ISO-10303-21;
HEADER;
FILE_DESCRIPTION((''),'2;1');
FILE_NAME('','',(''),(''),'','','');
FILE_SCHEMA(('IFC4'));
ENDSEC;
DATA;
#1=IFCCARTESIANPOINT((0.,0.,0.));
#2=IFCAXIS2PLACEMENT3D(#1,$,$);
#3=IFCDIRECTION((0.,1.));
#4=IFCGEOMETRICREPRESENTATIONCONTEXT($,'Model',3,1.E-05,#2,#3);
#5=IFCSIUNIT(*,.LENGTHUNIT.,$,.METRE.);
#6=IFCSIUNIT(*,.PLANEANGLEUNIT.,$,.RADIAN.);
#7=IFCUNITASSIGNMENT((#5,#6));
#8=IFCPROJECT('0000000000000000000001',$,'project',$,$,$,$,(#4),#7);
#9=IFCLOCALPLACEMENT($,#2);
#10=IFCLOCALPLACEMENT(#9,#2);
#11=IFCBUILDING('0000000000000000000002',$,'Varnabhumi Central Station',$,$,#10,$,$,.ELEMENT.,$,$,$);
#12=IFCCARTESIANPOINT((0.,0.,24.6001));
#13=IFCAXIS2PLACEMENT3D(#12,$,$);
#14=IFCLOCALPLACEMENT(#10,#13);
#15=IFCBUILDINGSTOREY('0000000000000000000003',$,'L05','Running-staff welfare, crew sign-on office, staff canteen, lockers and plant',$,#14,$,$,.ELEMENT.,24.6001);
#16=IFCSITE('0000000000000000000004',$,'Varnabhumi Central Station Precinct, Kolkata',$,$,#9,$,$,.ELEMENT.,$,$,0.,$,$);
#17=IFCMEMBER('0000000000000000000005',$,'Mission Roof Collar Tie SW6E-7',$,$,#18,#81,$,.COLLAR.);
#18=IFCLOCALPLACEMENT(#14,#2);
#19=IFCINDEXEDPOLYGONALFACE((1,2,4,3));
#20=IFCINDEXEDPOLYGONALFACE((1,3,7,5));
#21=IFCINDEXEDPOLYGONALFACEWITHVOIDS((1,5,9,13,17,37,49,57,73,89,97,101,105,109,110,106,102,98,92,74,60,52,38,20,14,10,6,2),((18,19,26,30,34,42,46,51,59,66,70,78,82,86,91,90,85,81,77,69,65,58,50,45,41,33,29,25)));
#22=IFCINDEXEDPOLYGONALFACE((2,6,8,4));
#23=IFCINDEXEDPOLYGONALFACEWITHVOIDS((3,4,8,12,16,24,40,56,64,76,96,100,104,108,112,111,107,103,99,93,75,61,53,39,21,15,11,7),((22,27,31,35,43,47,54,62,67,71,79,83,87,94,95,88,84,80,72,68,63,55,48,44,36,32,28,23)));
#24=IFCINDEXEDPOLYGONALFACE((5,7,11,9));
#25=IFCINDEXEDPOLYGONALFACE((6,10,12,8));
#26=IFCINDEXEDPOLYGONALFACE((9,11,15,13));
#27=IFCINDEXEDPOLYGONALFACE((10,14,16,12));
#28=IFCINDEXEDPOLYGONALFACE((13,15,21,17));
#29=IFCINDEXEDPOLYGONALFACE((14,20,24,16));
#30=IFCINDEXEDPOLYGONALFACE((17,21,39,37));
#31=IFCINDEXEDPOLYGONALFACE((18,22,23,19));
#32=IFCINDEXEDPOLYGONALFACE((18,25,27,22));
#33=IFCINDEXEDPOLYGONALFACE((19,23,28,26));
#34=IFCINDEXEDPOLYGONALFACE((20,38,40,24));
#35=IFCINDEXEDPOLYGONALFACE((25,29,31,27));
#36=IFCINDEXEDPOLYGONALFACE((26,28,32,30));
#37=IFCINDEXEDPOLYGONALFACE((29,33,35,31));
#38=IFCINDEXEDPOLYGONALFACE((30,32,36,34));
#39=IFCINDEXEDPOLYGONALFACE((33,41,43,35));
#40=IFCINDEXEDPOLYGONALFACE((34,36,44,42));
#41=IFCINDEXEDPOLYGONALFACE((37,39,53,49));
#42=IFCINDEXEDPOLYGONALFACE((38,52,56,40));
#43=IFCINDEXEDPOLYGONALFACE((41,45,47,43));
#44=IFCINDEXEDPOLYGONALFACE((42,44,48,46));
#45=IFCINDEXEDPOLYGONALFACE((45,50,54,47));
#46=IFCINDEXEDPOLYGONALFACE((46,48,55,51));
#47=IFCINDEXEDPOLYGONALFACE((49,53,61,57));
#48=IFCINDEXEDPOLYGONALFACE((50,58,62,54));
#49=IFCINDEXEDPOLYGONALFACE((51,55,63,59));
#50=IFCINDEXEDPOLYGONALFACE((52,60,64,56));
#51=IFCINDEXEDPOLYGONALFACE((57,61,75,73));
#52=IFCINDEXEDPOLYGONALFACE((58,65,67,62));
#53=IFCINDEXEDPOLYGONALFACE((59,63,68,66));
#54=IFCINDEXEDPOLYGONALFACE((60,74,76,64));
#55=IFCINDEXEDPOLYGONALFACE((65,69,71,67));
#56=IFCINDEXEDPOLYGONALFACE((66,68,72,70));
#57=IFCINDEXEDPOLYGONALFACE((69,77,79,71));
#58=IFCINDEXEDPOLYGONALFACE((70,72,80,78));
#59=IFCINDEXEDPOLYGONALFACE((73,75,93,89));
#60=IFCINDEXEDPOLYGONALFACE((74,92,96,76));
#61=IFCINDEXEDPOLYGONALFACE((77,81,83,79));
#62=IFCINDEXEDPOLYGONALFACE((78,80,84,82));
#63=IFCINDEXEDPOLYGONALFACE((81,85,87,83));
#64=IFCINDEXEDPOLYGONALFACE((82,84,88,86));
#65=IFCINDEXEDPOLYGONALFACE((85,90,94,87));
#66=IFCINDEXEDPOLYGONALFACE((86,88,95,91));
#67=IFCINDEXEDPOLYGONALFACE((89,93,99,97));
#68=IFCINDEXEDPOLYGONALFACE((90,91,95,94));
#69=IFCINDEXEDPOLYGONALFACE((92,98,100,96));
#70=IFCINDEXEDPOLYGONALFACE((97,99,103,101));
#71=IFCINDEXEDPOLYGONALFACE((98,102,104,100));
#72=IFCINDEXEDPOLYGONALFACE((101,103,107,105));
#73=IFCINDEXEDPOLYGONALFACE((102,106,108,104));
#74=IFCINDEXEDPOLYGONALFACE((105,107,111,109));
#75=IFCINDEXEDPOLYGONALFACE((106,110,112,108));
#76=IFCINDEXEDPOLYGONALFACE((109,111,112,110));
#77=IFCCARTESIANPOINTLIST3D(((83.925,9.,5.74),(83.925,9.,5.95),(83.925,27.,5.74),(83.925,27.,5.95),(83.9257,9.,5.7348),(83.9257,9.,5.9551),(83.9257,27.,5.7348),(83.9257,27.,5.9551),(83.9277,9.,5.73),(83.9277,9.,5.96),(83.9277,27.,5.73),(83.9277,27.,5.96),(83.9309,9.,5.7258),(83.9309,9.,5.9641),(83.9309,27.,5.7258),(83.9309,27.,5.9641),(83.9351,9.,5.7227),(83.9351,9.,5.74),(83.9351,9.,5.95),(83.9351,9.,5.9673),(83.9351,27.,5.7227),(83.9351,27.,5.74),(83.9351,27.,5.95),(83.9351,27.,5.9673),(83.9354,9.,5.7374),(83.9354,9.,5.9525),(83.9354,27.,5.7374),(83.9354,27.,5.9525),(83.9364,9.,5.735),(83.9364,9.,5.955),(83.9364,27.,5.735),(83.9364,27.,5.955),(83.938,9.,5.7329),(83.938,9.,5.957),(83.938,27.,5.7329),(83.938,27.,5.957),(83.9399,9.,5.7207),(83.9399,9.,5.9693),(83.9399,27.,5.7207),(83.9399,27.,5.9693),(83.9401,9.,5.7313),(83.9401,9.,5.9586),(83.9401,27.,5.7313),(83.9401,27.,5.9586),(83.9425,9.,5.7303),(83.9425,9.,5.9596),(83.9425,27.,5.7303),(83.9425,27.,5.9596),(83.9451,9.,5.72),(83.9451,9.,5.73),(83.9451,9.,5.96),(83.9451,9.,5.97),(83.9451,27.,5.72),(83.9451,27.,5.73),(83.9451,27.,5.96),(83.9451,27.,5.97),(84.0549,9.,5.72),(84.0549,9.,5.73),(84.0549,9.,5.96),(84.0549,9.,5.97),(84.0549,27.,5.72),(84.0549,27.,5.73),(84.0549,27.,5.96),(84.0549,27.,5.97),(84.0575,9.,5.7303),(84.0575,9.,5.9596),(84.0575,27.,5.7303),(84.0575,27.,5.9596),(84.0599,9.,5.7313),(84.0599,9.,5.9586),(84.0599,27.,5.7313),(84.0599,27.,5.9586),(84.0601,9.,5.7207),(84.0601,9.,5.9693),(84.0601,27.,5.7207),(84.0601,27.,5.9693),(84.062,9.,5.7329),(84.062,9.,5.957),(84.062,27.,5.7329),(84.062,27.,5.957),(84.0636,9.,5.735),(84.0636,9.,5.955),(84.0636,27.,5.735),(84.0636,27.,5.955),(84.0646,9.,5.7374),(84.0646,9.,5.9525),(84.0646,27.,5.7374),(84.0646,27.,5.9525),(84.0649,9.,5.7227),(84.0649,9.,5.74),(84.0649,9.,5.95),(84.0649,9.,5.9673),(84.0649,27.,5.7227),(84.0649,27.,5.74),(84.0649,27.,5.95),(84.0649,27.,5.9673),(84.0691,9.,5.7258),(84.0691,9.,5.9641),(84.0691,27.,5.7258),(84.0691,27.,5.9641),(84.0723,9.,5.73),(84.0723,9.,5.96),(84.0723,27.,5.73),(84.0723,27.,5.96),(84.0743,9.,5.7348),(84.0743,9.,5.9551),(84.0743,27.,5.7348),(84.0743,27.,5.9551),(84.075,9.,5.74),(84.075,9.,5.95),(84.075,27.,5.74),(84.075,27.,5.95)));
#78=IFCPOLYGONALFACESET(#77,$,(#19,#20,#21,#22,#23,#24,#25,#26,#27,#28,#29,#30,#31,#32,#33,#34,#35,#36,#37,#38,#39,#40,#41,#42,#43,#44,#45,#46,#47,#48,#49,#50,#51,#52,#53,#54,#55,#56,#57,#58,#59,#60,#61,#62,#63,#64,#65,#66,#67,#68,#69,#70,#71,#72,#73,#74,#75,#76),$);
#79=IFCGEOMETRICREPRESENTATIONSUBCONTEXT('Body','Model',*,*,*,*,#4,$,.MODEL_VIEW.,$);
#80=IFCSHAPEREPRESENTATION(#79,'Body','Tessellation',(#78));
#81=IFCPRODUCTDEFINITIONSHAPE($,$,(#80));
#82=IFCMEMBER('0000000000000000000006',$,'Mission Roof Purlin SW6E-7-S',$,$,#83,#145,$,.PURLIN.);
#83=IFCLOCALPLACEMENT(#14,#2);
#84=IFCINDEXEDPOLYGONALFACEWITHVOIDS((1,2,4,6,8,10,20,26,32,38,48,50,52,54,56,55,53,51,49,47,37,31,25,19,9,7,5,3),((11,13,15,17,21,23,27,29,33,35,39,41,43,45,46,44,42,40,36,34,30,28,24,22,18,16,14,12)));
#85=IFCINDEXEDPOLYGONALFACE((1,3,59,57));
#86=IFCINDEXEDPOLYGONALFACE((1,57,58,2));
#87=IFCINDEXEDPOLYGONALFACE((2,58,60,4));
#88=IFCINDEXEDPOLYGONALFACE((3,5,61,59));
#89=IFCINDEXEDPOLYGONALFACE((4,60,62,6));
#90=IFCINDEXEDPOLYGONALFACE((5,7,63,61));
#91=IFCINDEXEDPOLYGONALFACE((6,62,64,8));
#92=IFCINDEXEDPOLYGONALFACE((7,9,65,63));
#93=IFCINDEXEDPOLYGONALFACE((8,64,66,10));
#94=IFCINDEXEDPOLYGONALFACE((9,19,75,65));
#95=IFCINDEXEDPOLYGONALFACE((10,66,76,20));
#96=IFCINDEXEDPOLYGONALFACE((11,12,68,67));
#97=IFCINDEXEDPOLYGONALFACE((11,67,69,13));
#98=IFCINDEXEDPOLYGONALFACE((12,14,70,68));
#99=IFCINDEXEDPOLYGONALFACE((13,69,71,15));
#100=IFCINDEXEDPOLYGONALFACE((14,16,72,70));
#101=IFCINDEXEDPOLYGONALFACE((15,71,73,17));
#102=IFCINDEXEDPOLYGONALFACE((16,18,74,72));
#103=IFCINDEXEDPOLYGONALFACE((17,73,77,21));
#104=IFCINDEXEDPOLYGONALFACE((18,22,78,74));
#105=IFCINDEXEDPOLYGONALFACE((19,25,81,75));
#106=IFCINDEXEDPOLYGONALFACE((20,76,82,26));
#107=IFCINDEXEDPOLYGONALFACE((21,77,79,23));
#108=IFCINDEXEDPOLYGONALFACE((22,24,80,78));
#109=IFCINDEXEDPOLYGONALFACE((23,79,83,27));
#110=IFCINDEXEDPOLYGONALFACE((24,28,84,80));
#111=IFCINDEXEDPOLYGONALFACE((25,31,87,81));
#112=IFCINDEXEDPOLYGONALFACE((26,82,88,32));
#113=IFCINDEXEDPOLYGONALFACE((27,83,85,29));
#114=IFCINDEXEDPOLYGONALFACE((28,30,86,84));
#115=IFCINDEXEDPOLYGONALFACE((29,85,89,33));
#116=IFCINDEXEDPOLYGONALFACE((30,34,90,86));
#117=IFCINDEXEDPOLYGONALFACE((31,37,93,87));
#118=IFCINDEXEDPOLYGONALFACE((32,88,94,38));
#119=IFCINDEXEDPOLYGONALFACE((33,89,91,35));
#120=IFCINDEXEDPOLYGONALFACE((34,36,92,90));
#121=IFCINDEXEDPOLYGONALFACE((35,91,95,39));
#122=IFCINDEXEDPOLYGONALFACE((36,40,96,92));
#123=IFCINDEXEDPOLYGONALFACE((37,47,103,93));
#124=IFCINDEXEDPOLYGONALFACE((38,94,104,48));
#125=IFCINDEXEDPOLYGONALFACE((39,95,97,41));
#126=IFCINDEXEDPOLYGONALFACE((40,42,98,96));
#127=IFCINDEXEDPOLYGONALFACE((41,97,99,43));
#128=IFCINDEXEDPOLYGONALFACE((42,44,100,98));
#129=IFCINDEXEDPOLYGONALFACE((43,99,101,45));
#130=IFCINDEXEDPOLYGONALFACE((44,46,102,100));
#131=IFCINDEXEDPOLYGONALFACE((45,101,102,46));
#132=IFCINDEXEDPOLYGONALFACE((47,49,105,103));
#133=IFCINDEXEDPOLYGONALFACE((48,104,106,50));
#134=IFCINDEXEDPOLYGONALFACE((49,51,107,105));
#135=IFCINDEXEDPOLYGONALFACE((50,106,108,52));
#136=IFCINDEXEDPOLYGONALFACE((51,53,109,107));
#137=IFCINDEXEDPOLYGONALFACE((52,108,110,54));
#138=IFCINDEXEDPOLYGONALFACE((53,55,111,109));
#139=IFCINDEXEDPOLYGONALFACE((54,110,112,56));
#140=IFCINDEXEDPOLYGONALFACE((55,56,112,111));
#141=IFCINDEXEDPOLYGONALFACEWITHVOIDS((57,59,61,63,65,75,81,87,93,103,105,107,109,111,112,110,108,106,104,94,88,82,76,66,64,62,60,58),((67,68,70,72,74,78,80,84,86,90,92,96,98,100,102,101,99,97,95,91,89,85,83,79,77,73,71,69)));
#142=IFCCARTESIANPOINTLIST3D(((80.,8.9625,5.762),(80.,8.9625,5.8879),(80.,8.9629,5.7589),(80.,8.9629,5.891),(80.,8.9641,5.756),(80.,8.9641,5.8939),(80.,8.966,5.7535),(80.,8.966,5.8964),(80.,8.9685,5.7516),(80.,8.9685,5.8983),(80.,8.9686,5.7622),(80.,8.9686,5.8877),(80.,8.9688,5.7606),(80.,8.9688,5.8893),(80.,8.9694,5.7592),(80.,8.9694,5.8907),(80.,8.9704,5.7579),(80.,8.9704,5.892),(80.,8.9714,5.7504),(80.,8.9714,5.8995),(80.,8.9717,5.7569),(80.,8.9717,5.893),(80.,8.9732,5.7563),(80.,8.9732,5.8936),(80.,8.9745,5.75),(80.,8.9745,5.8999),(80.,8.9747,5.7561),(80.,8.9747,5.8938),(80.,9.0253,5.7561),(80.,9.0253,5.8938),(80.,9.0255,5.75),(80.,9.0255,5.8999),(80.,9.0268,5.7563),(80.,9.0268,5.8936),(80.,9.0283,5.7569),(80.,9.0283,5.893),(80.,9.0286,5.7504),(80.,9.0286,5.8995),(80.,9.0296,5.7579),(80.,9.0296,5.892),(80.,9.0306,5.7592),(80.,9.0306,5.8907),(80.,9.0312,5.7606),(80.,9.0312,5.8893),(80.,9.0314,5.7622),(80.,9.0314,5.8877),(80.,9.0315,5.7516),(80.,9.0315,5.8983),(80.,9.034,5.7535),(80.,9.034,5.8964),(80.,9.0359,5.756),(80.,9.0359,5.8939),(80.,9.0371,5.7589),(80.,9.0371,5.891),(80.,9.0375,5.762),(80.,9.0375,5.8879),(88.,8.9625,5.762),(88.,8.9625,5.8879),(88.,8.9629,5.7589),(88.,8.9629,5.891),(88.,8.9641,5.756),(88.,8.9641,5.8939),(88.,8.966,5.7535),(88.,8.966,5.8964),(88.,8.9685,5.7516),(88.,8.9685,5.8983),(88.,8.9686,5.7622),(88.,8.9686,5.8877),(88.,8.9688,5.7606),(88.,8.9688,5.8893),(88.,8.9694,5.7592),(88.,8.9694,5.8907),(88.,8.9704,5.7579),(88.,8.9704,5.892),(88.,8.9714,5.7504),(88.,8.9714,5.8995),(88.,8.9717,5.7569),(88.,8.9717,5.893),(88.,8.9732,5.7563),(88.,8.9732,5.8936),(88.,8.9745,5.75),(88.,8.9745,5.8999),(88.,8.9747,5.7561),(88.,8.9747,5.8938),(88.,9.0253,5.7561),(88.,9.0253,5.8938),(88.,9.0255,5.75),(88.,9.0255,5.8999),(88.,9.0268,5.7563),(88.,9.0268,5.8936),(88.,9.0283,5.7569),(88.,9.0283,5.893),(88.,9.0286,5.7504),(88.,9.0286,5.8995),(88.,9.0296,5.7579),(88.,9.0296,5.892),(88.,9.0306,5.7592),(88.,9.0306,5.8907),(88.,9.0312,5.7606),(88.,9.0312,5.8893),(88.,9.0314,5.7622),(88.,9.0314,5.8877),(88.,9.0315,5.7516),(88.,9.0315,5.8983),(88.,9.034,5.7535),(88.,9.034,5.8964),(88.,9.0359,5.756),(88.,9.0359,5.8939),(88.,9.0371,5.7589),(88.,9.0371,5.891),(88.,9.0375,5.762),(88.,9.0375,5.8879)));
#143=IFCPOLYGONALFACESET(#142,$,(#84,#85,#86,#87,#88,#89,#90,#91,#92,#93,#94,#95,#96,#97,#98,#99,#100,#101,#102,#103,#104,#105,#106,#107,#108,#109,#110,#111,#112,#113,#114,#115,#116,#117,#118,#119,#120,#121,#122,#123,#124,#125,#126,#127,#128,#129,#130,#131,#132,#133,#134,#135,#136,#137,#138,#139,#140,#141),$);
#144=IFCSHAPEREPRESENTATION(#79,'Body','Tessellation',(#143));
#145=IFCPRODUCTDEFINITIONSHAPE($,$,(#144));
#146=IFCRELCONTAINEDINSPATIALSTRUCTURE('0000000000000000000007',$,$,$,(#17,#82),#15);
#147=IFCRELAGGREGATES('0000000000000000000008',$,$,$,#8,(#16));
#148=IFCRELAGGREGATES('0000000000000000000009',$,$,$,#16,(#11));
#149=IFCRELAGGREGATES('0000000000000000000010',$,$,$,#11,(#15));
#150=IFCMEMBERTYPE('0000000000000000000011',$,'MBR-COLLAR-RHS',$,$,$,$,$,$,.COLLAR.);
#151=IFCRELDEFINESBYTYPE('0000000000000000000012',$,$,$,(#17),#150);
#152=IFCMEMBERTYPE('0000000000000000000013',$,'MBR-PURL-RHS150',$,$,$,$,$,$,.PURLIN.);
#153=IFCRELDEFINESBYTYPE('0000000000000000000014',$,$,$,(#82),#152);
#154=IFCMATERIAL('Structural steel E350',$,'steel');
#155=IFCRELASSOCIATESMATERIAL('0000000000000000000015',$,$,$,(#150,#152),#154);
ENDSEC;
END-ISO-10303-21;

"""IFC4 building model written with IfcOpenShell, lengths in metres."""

from ifc_helpers import new_model, si_unit, direction, frame, origin, origin_2d, place, context, subcontext, project, spatial, hollow_rectangle, extrude, material, material_profile, profile_set, type_object, element, save


model = new_model("IFC4")

# Units and contexts
model_context = context("Model", 3, precision=1e-05, world=origin(), true_north=direction((0.0, 1.0)))
body_context = subcontext(model_context, "Body", "Model", "MODEL_VIEW")
ifc_project = project(units=[si_unit("LENGTHUNIT", "METRE"), si_unit("PLANEANGLEUNIT", "RADIAN")], contexts=[model_context])

# Site, building, storey
site_placement = place(None, origin())
site = spatial("IfcSite", under=ifc_project, at=site_placement, Name="Varnabhumi Central Station Precinct, Kolkata", CompositionType="ELEMENT", RefElevation=0.0)
building_placement = place(site_placement, origin())
building = spatial("IfcBuilding", under=site, at=building_placement, Name="Varnabhumi Central Station", CompositionType="ELEMENT")
storey_placement = place(building_placement, frame((0.0, 0.0, 24.6001)))
storey = spatial("IfcBuildingStorey", under=building, at=storey_placement, Name="L05", Description="Running-staff welfare, crew sign-on office, staff canteen, lockers and plant", CompositionType="ELEMENT", Elevation=24.6001)

# Shared definitions
ifc_material_1 = material(Name="Structural steel E350", Category="steel")

# Members
ifc_material_profile_1 = material_profile(ifc_material_1, hollow_rectangle(XDim=0.1499, YDim=0.25, WallThickness=0.01, InnerFilletRadius=0.01, OuterFilletRadius=0.02, at=origin_2d()), Name="Structural steel E350", Category="steel")
ifc_profile_set_1 = profile_set([ifc_material_profile_1], Name="Structural steel E350")
member_type_1 = type_object("IfcMemberType", Name="MBR-COLLAR-RHS", PredefinedType="COLLAR", material=ifc_profile_set_1)
member_placement = place(storey_placement, frame((84.0, 9.0, 5.845), z_axis=(0.0, 1.0, 0.0), x_axis=(-1.0, 0.0, 0.0)))
element("IfcMember", 1, at=member_placement, inside=storey, type_object=member_type_1, Name="Mission Roof Collar Tie SW6E-7", PredefinedType="COLLAR", context=body_context, shape_type="SweptSolid", body=[
    extrude(hollow_rectangle(XDim=0.1499, YDim=0.25, WallThickness=0.01, InnerFilletRadius=0.01, OuterFilletRadius=0.02, at=origin_2d()), origin(), (0.0, 0.0, 1.0), 18.0),
])
ifc_material_profile_2 = material_profile(ifc_material_1, hollow_rectangle(XDim=0.075, YDim=0.1499, WallThickness=0.0061, InnerFilletRadius=0.0061, OuterFilletRadius=0.012, at=origin_2d()), Name="Structural steel E350", Category="steel")
ifc_profile_set_2 = profile_set([ifc_material_profile_2], Name="Structural steel E350")
member_type_2 = type_object("IfcMemberType", Name="MBR-PURL-RHS150", PredefinedType="PURLIN", material=ifc_profile_set_2)
for number, where, z_axis, x_axis, name in (
    (2, (80.0, 9.0, 5.825), (1.0, 0.0, 0.0), (0.0, 1.0, 0.0), "Mission Roof Purlin SW6E-7-S"),
):
    element("IfcMember", number, at=place(storey_placement, frame(where, z_axis=z_axis, x_axis=x_axis)), inside=storey, type_object=member_type_2, Name=name, PredefinedType="PURLIN", context=body_context, shape_type="SweptSolid", body=[
        extrude(hollow_rectangle(XDim=0.075, YDim=0.1499, WallThickness=0.0061, InnerFilletRadius=0.0061, OuterFilletRadius=0.012, at=origin_2d()), origin(), (0.0, 0.0, 1.0), 8.0),
    ])

save(model, "model.ifc")
